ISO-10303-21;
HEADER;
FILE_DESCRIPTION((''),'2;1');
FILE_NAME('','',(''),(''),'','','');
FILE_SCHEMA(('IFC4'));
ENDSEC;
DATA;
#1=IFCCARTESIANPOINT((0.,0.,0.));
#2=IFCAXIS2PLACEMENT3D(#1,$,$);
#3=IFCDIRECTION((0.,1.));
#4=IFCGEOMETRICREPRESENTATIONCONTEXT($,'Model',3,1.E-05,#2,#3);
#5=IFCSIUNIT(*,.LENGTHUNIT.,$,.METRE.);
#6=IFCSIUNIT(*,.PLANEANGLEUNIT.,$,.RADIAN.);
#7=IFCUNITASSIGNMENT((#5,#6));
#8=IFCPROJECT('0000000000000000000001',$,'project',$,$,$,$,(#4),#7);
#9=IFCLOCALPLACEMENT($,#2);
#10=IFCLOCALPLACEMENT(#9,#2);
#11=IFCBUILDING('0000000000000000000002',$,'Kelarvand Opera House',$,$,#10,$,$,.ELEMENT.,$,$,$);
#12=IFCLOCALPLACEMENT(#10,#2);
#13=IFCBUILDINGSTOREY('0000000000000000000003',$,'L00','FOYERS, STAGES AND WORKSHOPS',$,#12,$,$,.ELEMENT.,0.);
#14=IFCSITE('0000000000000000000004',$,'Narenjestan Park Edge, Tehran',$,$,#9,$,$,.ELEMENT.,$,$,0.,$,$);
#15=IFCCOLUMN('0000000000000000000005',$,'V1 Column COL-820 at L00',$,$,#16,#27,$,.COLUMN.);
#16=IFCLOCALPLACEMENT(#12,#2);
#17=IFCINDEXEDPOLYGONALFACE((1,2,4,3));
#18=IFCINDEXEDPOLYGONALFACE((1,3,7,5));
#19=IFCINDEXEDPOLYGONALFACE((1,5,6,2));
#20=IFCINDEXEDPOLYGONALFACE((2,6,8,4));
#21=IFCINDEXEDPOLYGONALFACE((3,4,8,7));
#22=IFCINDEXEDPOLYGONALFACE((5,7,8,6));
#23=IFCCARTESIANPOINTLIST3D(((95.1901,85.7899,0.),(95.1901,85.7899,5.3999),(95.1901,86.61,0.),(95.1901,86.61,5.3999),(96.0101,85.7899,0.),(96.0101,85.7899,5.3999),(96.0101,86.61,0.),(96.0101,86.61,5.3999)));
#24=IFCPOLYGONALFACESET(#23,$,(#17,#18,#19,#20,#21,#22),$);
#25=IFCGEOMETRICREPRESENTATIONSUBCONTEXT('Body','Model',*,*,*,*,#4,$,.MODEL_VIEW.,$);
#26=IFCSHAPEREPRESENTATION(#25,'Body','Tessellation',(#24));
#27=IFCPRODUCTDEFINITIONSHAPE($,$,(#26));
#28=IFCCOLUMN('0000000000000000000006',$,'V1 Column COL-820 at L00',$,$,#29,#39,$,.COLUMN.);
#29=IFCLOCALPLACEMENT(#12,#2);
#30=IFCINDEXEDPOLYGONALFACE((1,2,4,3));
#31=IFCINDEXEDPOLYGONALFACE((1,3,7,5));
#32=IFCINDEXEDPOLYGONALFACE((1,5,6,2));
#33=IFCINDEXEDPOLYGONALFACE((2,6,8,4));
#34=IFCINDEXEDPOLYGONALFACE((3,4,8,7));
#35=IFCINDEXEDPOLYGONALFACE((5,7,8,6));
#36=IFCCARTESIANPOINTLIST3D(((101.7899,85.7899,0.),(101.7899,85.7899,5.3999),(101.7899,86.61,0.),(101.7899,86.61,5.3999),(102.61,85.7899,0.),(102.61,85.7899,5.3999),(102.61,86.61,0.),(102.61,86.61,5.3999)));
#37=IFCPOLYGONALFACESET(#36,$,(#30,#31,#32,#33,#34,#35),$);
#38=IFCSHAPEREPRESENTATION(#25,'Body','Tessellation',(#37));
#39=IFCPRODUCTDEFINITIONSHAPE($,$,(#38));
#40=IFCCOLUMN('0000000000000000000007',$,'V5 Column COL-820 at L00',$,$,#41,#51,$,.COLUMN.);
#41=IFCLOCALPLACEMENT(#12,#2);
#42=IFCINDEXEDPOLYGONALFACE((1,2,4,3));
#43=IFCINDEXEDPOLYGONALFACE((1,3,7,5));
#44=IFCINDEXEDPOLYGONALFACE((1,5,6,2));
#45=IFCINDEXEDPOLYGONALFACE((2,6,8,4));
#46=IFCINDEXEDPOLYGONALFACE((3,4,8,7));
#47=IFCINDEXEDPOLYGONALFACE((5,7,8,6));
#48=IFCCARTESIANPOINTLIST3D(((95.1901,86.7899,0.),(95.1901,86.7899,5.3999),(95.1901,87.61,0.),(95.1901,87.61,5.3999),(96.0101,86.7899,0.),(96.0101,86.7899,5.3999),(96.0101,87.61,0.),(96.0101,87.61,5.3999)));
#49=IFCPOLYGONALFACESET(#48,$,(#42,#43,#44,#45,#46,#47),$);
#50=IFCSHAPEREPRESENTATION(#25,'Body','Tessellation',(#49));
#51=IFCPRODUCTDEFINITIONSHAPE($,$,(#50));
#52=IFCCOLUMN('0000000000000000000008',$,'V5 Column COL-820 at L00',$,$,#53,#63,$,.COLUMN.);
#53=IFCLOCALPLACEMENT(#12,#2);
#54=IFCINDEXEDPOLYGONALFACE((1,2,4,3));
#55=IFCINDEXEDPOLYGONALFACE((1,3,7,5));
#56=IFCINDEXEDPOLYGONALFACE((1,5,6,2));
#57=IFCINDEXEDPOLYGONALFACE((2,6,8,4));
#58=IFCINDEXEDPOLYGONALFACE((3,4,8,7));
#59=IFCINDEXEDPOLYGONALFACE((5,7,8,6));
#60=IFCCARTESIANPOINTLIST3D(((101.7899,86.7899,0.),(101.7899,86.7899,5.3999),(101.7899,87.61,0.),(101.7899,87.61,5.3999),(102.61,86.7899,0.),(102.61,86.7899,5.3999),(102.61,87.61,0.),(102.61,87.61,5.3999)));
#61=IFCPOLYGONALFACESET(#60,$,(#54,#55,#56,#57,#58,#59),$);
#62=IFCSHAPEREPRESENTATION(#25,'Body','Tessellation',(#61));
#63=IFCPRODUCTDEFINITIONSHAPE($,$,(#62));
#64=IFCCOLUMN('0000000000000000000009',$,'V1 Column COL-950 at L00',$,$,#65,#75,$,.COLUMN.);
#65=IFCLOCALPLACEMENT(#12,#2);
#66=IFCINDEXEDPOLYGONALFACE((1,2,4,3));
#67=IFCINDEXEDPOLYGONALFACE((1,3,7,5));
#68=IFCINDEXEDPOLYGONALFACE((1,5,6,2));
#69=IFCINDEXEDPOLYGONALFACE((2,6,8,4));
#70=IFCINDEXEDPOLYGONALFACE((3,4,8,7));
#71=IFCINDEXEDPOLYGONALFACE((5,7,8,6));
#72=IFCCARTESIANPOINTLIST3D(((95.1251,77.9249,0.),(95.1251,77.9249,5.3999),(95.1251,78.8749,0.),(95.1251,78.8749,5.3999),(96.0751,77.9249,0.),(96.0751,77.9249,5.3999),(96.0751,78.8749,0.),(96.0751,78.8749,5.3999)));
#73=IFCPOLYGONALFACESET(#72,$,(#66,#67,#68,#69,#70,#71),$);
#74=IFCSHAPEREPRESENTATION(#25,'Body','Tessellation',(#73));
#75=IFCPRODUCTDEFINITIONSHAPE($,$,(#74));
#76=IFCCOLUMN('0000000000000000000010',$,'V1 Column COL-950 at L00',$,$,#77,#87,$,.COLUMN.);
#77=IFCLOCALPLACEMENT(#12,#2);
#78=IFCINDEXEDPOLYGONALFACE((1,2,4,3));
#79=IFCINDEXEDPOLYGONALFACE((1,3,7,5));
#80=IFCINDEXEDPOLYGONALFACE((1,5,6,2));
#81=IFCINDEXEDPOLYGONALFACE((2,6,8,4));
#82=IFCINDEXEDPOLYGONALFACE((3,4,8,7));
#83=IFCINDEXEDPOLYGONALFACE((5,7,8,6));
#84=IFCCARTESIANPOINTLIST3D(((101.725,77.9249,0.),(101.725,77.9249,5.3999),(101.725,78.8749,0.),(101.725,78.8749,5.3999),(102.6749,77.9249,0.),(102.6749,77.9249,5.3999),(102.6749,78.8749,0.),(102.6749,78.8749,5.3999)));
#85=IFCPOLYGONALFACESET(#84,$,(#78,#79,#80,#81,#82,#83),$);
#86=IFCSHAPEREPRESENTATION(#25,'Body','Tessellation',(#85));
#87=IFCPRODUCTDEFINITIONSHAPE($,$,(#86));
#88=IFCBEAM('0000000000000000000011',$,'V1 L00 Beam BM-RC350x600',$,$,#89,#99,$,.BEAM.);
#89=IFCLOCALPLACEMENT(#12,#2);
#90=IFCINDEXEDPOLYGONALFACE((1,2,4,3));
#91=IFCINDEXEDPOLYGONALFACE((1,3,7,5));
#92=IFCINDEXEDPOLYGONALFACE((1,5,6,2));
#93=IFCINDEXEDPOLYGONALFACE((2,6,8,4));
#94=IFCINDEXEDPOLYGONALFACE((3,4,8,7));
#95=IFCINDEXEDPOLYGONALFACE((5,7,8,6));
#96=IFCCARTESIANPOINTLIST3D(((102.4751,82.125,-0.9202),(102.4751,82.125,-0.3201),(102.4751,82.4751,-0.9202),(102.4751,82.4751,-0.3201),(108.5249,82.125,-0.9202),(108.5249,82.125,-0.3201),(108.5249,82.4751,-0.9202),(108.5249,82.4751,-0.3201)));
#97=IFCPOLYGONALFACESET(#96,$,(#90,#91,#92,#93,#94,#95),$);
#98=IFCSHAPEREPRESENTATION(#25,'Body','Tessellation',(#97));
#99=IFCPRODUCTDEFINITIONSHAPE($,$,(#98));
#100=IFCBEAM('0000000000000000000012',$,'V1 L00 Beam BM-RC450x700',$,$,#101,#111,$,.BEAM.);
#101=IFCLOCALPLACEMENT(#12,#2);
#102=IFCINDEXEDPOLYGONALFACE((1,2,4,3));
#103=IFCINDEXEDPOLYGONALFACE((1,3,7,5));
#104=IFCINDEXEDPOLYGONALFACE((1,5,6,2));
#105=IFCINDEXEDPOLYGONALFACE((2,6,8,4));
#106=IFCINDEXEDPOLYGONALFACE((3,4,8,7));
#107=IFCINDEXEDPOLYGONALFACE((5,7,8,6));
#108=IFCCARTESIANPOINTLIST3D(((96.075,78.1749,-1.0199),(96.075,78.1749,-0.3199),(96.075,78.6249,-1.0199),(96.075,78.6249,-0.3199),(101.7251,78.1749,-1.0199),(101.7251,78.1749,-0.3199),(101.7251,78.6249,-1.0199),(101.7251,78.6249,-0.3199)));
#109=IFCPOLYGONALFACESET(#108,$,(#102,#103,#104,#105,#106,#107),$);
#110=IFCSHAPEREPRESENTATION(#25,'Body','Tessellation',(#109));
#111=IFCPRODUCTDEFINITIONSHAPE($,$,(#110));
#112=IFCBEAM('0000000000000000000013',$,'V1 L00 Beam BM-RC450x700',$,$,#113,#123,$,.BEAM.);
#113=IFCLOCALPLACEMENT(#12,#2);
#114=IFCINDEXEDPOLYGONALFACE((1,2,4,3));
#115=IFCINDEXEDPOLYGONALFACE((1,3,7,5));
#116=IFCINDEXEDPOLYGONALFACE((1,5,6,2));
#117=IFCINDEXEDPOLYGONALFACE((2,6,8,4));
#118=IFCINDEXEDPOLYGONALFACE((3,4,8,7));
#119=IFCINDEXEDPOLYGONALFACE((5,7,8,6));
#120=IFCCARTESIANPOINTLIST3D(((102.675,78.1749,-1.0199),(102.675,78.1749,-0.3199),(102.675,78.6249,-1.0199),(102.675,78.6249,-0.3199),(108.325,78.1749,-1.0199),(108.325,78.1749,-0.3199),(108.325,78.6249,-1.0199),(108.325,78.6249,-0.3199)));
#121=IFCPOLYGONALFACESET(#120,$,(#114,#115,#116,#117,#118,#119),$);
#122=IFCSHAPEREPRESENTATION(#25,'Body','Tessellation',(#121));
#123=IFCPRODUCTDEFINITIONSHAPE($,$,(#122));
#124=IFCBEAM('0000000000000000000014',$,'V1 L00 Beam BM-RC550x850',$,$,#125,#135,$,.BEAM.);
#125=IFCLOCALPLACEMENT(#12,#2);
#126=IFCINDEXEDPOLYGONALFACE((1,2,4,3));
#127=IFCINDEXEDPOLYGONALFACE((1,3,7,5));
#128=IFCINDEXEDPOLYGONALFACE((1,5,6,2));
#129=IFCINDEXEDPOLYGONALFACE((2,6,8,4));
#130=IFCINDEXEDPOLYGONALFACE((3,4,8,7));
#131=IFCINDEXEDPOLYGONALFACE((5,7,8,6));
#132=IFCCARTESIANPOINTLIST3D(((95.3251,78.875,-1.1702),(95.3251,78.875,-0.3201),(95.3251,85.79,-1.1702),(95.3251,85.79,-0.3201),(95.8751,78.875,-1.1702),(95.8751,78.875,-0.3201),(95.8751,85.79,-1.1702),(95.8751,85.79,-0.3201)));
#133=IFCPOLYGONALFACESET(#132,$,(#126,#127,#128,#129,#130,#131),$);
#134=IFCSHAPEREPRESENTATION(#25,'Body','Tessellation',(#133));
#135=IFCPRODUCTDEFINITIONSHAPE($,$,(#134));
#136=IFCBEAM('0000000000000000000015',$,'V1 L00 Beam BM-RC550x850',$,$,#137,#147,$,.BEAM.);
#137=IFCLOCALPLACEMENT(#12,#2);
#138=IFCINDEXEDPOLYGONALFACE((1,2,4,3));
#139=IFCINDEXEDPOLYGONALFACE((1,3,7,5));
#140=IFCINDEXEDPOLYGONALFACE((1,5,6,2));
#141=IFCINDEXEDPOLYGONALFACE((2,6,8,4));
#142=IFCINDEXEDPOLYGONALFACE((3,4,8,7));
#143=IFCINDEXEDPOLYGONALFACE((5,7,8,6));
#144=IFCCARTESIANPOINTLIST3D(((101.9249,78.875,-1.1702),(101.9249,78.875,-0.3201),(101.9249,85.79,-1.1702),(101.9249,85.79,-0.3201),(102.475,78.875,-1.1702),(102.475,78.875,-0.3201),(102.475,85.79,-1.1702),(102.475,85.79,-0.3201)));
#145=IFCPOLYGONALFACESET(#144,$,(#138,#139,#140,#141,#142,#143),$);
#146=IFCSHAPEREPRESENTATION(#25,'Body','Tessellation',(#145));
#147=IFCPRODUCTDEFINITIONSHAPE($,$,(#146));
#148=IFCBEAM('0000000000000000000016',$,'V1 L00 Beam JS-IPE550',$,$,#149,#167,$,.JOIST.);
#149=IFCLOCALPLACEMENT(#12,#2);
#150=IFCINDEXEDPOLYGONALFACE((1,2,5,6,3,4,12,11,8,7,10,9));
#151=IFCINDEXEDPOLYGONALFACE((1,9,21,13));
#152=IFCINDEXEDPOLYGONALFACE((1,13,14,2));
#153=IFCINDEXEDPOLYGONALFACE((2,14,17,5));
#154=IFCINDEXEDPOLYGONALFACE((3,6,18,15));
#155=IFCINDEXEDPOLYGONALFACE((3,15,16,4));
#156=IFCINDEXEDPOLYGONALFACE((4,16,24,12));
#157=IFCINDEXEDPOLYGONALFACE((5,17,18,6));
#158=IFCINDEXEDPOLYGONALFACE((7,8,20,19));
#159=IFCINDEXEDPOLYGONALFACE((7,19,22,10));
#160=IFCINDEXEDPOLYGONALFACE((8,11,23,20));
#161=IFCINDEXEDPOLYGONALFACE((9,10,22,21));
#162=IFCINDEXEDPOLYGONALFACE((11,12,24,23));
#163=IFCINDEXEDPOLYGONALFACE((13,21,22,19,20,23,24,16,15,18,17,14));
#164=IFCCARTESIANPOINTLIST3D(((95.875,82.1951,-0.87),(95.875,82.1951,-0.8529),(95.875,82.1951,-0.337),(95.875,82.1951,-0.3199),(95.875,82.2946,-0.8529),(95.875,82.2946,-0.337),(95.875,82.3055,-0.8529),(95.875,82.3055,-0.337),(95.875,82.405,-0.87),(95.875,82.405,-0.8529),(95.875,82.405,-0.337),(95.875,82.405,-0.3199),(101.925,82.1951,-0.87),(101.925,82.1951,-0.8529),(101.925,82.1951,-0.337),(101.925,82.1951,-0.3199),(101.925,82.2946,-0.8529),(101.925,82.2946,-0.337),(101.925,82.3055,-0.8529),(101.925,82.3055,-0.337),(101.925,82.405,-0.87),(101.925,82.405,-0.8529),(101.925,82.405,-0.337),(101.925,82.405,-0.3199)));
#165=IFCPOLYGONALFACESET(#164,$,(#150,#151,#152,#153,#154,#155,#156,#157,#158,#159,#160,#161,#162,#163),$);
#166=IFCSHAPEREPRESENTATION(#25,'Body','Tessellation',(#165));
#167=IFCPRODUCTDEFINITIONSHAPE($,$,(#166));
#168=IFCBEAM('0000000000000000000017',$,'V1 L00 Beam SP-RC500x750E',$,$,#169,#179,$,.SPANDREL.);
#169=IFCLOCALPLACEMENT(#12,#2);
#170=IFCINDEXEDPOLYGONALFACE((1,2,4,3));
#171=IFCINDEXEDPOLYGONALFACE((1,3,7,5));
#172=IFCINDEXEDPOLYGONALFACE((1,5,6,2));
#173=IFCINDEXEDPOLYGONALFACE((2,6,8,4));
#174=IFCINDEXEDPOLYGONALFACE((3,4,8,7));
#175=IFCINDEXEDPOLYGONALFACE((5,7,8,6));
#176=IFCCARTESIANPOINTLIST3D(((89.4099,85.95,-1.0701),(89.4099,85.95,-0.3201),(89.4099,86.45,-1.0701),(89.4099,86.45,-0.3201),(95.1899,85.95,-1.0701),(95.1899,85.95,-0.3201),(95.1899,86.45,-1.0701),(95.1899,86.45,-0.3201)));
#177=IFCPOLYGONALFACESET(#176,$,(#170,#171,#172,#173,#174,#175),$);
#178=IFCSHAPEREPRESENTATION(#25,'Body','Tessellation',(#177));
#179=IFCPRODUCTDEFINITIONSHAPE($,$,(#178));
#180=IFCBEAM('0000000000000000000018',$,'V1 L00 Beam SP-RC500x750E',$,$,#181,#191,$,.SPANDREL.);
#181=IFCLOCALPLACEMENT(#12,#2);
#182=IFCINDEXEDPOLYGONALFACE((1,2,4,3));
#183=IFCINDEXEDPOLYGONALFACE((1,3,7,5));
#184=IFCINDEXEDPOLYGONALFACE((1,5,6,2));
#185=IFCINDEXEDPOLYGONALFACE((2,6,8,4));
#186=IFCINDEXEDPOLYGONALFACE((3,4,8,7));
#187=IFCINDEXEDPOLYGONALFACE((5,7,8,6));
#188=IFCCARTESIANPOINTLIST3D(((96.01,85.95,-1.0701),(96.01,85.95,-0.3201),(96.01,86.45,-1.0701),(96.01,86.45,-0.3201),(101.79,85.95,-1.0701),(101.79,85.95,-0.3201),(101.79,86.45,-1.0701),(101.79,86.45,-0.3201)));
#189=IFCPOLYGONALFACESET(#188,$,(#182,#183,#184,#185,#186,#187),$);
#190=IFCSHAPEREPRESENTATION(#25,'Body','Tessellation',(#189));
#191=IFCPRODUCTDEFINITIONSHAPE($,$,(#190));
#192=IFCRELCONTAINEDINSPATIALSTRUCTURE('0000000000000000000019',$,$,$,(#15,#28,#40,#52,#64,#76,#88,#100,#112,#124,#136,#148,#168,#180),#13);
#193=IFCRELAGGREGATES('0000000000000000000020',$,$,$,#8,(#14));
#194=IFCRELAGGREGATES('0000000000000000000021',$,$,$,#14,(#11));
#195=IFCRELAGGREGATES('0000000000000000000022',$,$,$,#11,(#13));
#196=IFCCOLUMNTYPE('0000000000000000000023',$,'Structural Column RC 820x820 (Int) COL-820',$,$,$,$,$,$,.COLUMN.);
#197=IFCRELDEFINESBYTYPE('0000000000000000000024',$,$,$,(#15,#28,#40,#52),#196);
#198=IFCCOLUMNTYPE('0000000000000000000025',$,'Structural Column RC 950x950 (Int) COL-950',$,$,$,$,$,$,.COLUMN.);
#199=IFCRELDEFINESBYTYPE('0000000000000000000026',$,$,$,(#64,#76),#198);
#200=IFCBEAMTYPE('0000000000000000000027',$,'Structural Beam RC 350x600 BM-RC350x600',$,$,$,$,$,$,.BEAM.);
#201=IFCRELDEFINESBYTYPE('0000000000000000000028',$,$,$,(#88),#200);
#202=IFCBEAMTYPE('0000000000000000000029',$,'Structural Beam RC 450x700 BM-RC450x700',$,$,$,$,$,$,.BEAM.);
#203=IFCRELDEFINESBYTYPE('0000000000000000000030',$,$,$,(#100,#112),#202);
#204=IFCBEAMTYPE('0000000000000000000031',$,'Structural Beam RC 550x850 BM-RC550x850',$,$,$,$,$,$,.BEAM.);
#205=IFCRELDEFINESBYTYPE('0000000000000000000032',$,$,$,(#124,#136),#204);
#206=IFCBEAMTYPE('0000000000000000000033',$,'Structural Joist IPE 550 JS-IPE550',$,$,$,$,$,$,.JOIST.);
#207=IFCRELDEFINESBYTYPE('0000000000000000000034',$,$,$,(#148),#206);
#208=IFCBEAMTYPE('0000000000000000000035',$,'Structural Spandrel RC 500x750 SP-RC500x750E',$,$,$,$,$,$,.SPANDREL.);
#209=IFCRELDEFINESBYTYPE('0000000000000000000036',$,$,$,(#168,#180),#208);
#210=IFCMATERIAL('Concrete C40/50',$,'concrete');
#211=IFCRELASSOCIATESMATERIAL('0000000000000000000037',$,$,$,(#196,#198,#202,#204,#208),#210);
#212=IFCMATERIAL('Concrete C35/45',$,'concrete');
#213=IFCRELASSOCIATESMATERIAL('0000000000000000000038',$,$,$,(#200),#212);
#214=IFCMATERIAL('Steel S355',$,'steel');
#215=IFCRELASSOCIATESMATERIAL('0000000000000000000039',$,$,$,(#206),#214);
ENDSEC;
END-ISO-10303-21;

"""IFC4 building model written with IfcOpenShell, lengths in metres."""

from ifc_helpers import new_model, si_unit, direction, frame, origin, origin_2d, place, context, subcontext, project, spatial, rectangle, i_section, extrude, material, material_profile, profile_set, type_object, element, save


model = new_model("IFC4")

# Units and contexts
model_context = context("Model", 3, precision=1e-05, world=origin(), true_north=direction((0.0, 1.0)))
body_context = subcontext(model_context, "Body", "Model", "MODEL_VIEW")
ifc_project = project(units=[si_unit("LENGTHUNIT", "METRE"), si_unit("PLANEANGLEUNIT", "RADIAN")], contexts=[model_context])

# Site, building, storey
site_placement = place(None, origin())
site = spatial("IfcSite", under=ifc_project, at=site_placement, Name="Narenjestan Park Edge, Tehran", CompositionType="ELEMENT", RefElevation=0.0)
building_placement = place(site_placement, origin())
building = spatial("IfcBuilding", under=site, at=building_placement, Name="Kelarvand Opera House", CompositionType="ELEMENT")
storey_placement = place(building_placement, origin())
storey = spatial("IfcBuildingStorey", under=building, at=storey_placement, Name="L00", Description="FOYERS, STAGES AND WORKSHOPS", CompositionType="ELEMENT", Elevation=0.0)

# Columns
ifc_material_1 = material(Name="Concrete C40/50", Category="concrete")
ifc_material_profile_1 = material_profile(ifc_material_1, rectangle(XDim=0.8201, YDim=0.8201, at=origin_2d()), Name="RC 820x820", Category="concrete")
ifc_profile_set_1 = profile_set([ifc_material_profile_1], Name="Concrete C40/50")
column_type_1 = type_object("IfcColumnType", Name="Structural Column RC 820x820 (Int) COL-820", PredefinedType="COLUMN", material=ifc_profile_set_1)
for number, where, z_axis, x_axis, name in (
    (1, (95.6001, 86.2, 0.0), (0.0, 0.0, 1.0), (1.0, 0.0, 0.0), "V1 Column COL-820 at L00"),
    (2, (102.2, 86.2, 0.0), (0.0, 0.0, 1.0), (1.0, 0.0, 0.0), "V1 Column COL-820 at L00"),
    (3, (95.6001, 87.2, 0.0), (0.0, 0.0, 1.0), (1.0, 0.0, 0.0), "V5 Column COL-820 at L00"),
    (4, (102.2, 87.2, 0.0), (0.0, 0.0, 1.0), (1.0, 0.0, 0.0), "V5 Column COL-820 at L00"),
):
    element("IfcColumn", number, at=place(storey_placement, frame(where, z_axis=z_axis, x_axis=x_axis)), inside=storey, type_object=column_type_1, Name=name, PredefinedType="COLUMN", context=body_context, shape_type="SweptSolid", body=[
        extrude(rectangle(XDim=0.8201, YDim=0.8201, at=origin_2d()), origin(), (0.0, 0.0, 1.0), 5.3999),
    ])
ifc_material_profile_2 = material_profile(ifc_material_1, rectangle(XDim=0.95, YDim=0.95, at=origin_2d()), Name="RC 950x950", Category="concrete")
ifc_profile_set_2 = profile_set([ifc_material_profile_2], Name="Concrete C40/50")
column_type_2 = type_object("IfcColumnType", Name="Structural Column RC 950x950 (Int) COL-950", PredefinedType="COLUMN", material=ifc_profile_set_2)
for number, where, z_axis, x_axis, name in (
    (5, (95.6001, 78.3999, 0.0), (0.0, 0.0, 1.0), (1.0, 0.0, 0.0), "V1 Column COL-950 at L00"),
    (6, (102.2, 78.3999, 0.0), (0.0, 0.0, 1.0), (1.0, 0.0, 0.0), "V1 Column COL-950 at L00"),
):
    element("IfcColumn", number, at=place(storey_placement, frame(where, z_axis=z_axis, x_axis=x_axis)), inside=storey, type_object=column_type_2, Name=name, PredefinedType="COLUMN", context=body_context, shape_type="SweptSolid", body=[
        extrude(rectangle(XDim=0.95, YDim=0.95, at=origin_2d()), origin(), (0.0, 0.0, 1.0), 5.3999),
    ])

# Beams
ifc_material_2 = material(Name="Concrete C35/45", Category="concrete")
ifc_material_profile_3 = material_profile(ifc_material_2, rectangle(XDim=0.3501, YDim=0.6001, at=origin_2d()), Name="RC 350x600", Category="concrete")
ifc_profile_set_3 = profile_set([ifc_material_profile_3], Name="Concrete C35/45")
beam_type_1 = type_object("IfcBeamType", Name="Structural Beam RC 350x600 BM-RC350x600", PredefinedType="BEAM", material=ifc_profile_set_3)
beam_1_placement = place(storey_placement, frame((102.4751, 82.3, -0.6201), z_axis=(1.0, 0.0, 0.0), x_axis=(0.0, 1.0, 0.0)))
element("IfcBeam", 7, at=beam_1_placement, inside=storey, type_object=beam_type_1, Name="V1 L00 Beam BM-RC350x600", PredefinedType="BEAM", context=body_context, shape_type="SweptSolid", body=[
    extrude(rectangle(XDim=0.3501, YDim=0.6001, at=origin_2d()), origin(), (0.0, 0.0, 1.0), 6.0498),
])
ifc_material_profile_4 = material_profile(ifc_material_1, rectangle(XDim=0.45, YDim=0.7, at=origin_2d()), Name="RC 450x700", Category="concrete")
ifc_profile_set_4 = profile_set([ifc_material_profile_4], Name="Concrete C40/50")
beam_type_2 = type_object("IfcBeamType", Name="Structural Beam RC 450x700 BM-RC450x700", PredefinedType="BEAM", material=ifc_profile_set_4)
beam_2_placement = place(storey_placement, frame((96.075, 78.3999, -0.6699), z_axis=(1.0, 0.0, 0.0), x_axis=(0.0, 1.0, 0.0)))
element("IfcBeam", 8, at=beam_2_placement, inside=storey, type_object=beam_type_2, Name="V1 L00 Beam BM-RC450x700", PredefinedType="BEAM", context=body_context, shape_type="SweptSolid", body=[
    extrude(rectangle(XDim=0.45, YDim=0.7, at=origin_2d()), origin(), (0.0, 0.0, 1.0), 5.6501),
])
beam_3_placement = place(storey_placement, frame((102.675, 78.3999, -0.6699), z_axis=(1.0, 0.0, 0.0), x_axis=(0.0, 1.0, 0.0)))
element("IfcBeam", 9, at=beam_3_placement, inside=storey, type_object=beam_type_2, Name="V1 L00 Beam BM-RC450x700", PredefinedType="BEAM", context=body_context, shape_type="SweptSolid", body=[
    extrude(rectangle(XDim=0.45, YDim=0.7, at=origin_2d()), origin(), (0.0, 0.0, 1.0), 5.6499),
])
ifc_material_profile_5 = material_profile(ifc_material_1, rectangle(XDim=0.55, YDim=0.8501, at=origin_2d()), Name="RC 550x850", Category="concrete")
ifc_profile_set_5 = profile_set([ifc_material_profile_5], Name="Concrete C40/50")
beam_type_3 = type_object("IfcBeamType", Name="Structural Beam RC 550x850 BM-RC550x850", PredefinedType="BEAM", material=ifc_profile_set_5)
for number, where, z_axis, x_axis, name in (
    (10, (95.6001, 78.875, -0.7451), (0.0, 1.0, 0.0), (-1.0, 0.0, 0.0), "V1 L00 Beam BM-RC550x850"),
    (11, (102.2, 78.875, -0.7451), (0.0, 1.0, 0.0), (-1.0, 0.0, 0.0), "V1 L00 Beam BM-RC550x850"),
):
    element("IfcBeam", number, at=place(storey_placement, frame(where, z_axis=z_axis, x_axis=x_axis)), inside=storey, type_object=beam_type_3, Name=name, PredefinedType="BEAM", context=body_context, shape_type="SweptSolid", body=[
        extrude(rectangle(XDim=0.55, YDim=0.8501, at=origin_2d()), origin(), (0.0, 0.0, 1.0), 6.915),
    ])
ifc_material_3 = material(Name="Steel S355", Category="steel")
ifc_material_profile_6 = material_profile(ifc_material_3, i_section(OverallWidth=0.21, OverallDepth=0.55, WebThickness=0.011, FlangeThickness=0.0171, at=origin_2d()), Name="IPE 550", Category="steel")
ifc_profile_set_6 = profile_set([ifc_material_profile_6], Name="Steel S355")
beam_type_4 = type_object("IfcBeamType", Name="Structural Joist IPE 550 JS-IPE550", PredefinedType="JOIST", material=ifc_profile_set_6)
beam_4_placement = place(storey_placement, frame((95.875, 82.3, -0.595), z_axis=(1.0, 0.0, 0.0), x_axis=(0.0, 1.0, 0.0)))
element("IfcBeam", 12, at=beam_4_placement, inside=storey, type_object=beam_type_4, Name="V1 L00 Beam JS-IPE550", PredefinedType="JOIST", context=body_context, shape_type="SweptSolid", body=[
    extrude(i_section(OverallWidth=0.21, OverallDepth=0.55, WebThickness=0.011, FlangeThickness=0.0171, at=origin_2d()), origin(), (0.0, 0.0, 1.0), 6.05),
])
ifc_material_profile_7 = material_profile(ifc_material_1, rectangle(XDim=0.5, YDim=0.75, at=origin_2d()), Name="RC 500x750", Category="concrete")
ifc_profile_set_7 = profile_set([ifc_material_profile_7], Name="Concrete C40/50")
beam_type_5 = type_object("IfcBeamType", Name="Structural Spandrel RC 500x750 SP-RC500x750E", PredefinedType="SPANDREL", material=ifc_profile_set_7)
for number, where, z_axis, x_axis, name in (
    (13, (89.4099, 86.2, -0.6951), (1.0, 0.0, 0.0), (0.0, 1.0, 0.0), "V1 L00 Beam SP-RC500x750E"),
    (14, (96.01, 86.2, -0.6951), (1.0, 0.0, 0.0), (0.0, 1.0, 0.0), "V1 L00 Beam SP-RC500x750E"),
):
    element("IfcBeam", number, at=place(storey_placement, frame(where, z_axis=z_axis, x_axis=x_axis)), inside=storey, type_object=beam_type_5, Name=name, PredefinedType="SPANDREL", context=body_context, shape_type="SweptSolid", body=[
        extrude(rectangle(XDim=0.5, YDim=0.75, at=origin_2d()), origin(), (0.0, 0.0, 1.0), 5.78),
    ])

save(model, "model.ifc")
